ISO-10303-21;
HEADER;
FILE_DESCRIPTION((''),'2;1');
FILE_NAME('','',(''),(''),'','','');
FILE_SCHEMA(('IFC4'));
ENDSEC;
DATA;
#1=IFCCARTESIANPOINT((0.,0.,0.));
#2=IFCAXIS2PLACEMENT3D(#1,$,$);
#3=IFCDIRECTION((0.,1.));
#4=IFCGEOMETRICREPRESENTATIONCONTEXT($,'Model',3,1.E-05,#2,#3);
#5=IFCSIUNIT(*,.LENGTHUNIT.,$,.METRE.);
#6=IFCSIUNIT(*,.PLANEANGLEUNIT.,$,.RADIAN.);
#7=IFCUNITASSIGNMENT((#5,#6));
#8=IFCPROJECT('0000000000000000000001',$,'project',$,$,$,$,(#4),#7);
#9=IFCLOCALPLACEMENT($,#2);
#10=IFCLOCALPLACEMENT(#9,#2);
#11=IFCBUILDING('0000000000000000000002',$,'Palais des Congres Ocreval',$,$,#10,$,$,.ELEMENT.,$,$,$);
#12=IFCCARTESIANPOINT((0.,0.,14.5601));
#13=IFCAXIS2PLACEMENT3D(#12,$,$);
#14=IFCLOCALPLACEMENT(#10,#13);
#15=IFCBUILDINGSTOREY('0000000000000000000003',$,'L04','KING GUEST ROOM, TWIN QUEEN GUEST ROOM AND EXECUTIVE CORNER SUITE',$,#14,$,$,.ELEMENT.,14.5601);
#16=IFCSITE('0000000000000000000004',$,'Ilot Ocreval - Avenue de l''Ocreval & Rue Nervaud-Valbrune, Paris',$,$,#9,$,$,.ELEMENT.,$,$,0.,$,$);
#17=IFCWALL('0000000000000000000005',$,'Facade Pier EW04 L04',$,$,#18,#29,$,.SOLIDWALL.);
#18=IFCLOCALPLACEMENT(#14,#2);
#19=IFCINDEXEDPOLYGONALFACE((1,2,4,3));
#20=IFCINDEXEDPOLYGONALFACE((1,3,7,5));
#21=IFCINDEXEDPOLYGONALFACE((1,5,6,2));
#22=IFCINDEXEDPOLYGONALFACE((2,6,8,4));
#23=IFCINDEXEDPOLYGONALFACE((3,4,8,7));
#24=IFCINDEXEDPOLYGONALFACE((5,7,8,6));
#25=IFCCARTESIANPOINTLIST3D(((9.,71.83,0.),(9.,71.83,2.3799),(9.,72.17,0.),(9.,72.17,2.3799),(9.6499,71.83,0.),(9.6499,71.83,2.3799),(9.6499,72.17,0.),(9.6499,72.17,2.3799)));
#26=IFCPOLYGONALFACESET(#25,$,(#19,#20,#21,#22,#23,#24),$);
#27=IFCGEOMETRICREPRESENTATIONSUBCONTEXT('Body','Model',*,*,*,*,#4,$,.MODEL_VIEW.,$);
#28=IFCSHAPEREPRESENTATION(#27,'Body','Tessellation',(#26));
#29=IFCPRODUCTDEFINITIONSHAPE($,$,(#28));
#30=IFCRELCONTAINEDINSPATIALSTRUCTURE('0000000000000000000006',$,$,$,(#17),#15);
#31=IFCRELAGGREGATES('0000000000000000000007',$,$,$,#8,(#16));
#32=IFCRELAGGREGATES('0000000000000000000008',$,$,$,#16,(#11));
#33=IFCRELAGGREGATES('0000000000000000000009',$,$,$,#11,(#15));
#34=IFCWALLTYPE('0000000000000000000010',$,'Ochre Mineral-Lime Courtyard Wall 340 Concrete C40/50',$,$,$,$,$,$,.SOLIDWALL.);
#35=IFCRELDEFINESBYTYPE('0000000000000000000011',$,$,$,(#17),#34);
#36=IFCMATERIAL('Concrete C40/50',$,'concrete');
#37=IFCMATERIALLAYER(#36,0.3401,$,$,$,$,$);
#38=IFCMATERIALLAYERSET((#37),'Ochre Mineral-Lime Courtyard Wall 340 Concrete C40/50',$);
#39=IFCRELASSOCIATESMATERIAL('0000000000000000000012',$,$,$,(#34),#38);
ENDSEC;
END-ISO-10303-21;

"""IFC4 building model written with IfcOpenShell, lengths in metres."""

from ifc_helpers import new_model, si_unit, direction, frame, frame_2d, origin, place, context, subcontext, project, spatial, rectangle, extrude, material, layer, layer_set, type_object, element, save


model = new_model("IFC4")

# Units and contexts
model_context = context("Model", 3, precision=1e-05, world=origin(), true_north=direction((0.0, 1.0)))
body_context = subcontext(model_context, "Body", "Model", "MODEL_VIEW")
ifc_project = project(units=[si_unit("LENGTHUNIT", "METRE"), si_unit("PLANEANGLEUNIT", "RADIAN")], contexts=[model_context])

# Site, building, storey
site_placement = place(None, origin())
site = spatial("IfcSite", under=ifc_project, at=site_placement, Name="Ilot Ocreval - Avenue de l'Ocreval & Rue Nervaud-Valbrune, Paris", CompositionType="ELEMENT", RefElevation=0.0)
building_placement = place(site_placement, origin())
building = spatial("IfcBuilding", under=site, at=building_placement, Name="Palais des Congres Ocreval", CompositionType="ELEMENT")
storey_placement = place(building_placement, frame((0.0, 0.0, 14.5601)))
storey = spatial("IfcBuildingStorey", under=building, at=storey_placement, Name="L04", Description="KING GUEST ROOM, TWIN QUEEN GUEST ROOM AND EXECUTIVE CORNER SUITE", CompositionType="ELEMENT", Elevation=14.5601)

# Shared definitions
ifc_material_1 = material(Name="Concrete C40/50", Category="concrete")

# Wall
ifc_layer_1 = layer(ifc_material_1, 0.3401)
ifc_layer_set_1 = layer_set([ifc_layer_1], Name="Ochre Mineral-Lime Courtyard Wall 340 Concrete C40/50")
wall_type_1 = type_object("IfcWallType", Name="Ochre Mineral-Lime Courtyard Wall 340 Concrete C40/50", PredefinedType="SOLIDWALL", material=ifc_layer_set_1)
wall_1_placement = place(storey_placement, frame((9.0, 72.0, 0.0), z_axis=(0.0, 0.0, 1.0), x_axis=(1.0, 0.0, 0.0)))
element("IfcWall", 1, at=wall_1_placement, inside=storey, type_object=wall_type_1, Name="Facade Pier EW04 L04", PredefinedType="SOLIDWALL", context=body_context, shape_type="SweptSolid", body=[
    extrude(rectangle(XDim=0.6499, YDim=0.3401, at=frame_2d((0.325, 0.0))), origin(), (0.0, 0.0, 1.0), 2.3799),
])

save(model, "model.ifc")
